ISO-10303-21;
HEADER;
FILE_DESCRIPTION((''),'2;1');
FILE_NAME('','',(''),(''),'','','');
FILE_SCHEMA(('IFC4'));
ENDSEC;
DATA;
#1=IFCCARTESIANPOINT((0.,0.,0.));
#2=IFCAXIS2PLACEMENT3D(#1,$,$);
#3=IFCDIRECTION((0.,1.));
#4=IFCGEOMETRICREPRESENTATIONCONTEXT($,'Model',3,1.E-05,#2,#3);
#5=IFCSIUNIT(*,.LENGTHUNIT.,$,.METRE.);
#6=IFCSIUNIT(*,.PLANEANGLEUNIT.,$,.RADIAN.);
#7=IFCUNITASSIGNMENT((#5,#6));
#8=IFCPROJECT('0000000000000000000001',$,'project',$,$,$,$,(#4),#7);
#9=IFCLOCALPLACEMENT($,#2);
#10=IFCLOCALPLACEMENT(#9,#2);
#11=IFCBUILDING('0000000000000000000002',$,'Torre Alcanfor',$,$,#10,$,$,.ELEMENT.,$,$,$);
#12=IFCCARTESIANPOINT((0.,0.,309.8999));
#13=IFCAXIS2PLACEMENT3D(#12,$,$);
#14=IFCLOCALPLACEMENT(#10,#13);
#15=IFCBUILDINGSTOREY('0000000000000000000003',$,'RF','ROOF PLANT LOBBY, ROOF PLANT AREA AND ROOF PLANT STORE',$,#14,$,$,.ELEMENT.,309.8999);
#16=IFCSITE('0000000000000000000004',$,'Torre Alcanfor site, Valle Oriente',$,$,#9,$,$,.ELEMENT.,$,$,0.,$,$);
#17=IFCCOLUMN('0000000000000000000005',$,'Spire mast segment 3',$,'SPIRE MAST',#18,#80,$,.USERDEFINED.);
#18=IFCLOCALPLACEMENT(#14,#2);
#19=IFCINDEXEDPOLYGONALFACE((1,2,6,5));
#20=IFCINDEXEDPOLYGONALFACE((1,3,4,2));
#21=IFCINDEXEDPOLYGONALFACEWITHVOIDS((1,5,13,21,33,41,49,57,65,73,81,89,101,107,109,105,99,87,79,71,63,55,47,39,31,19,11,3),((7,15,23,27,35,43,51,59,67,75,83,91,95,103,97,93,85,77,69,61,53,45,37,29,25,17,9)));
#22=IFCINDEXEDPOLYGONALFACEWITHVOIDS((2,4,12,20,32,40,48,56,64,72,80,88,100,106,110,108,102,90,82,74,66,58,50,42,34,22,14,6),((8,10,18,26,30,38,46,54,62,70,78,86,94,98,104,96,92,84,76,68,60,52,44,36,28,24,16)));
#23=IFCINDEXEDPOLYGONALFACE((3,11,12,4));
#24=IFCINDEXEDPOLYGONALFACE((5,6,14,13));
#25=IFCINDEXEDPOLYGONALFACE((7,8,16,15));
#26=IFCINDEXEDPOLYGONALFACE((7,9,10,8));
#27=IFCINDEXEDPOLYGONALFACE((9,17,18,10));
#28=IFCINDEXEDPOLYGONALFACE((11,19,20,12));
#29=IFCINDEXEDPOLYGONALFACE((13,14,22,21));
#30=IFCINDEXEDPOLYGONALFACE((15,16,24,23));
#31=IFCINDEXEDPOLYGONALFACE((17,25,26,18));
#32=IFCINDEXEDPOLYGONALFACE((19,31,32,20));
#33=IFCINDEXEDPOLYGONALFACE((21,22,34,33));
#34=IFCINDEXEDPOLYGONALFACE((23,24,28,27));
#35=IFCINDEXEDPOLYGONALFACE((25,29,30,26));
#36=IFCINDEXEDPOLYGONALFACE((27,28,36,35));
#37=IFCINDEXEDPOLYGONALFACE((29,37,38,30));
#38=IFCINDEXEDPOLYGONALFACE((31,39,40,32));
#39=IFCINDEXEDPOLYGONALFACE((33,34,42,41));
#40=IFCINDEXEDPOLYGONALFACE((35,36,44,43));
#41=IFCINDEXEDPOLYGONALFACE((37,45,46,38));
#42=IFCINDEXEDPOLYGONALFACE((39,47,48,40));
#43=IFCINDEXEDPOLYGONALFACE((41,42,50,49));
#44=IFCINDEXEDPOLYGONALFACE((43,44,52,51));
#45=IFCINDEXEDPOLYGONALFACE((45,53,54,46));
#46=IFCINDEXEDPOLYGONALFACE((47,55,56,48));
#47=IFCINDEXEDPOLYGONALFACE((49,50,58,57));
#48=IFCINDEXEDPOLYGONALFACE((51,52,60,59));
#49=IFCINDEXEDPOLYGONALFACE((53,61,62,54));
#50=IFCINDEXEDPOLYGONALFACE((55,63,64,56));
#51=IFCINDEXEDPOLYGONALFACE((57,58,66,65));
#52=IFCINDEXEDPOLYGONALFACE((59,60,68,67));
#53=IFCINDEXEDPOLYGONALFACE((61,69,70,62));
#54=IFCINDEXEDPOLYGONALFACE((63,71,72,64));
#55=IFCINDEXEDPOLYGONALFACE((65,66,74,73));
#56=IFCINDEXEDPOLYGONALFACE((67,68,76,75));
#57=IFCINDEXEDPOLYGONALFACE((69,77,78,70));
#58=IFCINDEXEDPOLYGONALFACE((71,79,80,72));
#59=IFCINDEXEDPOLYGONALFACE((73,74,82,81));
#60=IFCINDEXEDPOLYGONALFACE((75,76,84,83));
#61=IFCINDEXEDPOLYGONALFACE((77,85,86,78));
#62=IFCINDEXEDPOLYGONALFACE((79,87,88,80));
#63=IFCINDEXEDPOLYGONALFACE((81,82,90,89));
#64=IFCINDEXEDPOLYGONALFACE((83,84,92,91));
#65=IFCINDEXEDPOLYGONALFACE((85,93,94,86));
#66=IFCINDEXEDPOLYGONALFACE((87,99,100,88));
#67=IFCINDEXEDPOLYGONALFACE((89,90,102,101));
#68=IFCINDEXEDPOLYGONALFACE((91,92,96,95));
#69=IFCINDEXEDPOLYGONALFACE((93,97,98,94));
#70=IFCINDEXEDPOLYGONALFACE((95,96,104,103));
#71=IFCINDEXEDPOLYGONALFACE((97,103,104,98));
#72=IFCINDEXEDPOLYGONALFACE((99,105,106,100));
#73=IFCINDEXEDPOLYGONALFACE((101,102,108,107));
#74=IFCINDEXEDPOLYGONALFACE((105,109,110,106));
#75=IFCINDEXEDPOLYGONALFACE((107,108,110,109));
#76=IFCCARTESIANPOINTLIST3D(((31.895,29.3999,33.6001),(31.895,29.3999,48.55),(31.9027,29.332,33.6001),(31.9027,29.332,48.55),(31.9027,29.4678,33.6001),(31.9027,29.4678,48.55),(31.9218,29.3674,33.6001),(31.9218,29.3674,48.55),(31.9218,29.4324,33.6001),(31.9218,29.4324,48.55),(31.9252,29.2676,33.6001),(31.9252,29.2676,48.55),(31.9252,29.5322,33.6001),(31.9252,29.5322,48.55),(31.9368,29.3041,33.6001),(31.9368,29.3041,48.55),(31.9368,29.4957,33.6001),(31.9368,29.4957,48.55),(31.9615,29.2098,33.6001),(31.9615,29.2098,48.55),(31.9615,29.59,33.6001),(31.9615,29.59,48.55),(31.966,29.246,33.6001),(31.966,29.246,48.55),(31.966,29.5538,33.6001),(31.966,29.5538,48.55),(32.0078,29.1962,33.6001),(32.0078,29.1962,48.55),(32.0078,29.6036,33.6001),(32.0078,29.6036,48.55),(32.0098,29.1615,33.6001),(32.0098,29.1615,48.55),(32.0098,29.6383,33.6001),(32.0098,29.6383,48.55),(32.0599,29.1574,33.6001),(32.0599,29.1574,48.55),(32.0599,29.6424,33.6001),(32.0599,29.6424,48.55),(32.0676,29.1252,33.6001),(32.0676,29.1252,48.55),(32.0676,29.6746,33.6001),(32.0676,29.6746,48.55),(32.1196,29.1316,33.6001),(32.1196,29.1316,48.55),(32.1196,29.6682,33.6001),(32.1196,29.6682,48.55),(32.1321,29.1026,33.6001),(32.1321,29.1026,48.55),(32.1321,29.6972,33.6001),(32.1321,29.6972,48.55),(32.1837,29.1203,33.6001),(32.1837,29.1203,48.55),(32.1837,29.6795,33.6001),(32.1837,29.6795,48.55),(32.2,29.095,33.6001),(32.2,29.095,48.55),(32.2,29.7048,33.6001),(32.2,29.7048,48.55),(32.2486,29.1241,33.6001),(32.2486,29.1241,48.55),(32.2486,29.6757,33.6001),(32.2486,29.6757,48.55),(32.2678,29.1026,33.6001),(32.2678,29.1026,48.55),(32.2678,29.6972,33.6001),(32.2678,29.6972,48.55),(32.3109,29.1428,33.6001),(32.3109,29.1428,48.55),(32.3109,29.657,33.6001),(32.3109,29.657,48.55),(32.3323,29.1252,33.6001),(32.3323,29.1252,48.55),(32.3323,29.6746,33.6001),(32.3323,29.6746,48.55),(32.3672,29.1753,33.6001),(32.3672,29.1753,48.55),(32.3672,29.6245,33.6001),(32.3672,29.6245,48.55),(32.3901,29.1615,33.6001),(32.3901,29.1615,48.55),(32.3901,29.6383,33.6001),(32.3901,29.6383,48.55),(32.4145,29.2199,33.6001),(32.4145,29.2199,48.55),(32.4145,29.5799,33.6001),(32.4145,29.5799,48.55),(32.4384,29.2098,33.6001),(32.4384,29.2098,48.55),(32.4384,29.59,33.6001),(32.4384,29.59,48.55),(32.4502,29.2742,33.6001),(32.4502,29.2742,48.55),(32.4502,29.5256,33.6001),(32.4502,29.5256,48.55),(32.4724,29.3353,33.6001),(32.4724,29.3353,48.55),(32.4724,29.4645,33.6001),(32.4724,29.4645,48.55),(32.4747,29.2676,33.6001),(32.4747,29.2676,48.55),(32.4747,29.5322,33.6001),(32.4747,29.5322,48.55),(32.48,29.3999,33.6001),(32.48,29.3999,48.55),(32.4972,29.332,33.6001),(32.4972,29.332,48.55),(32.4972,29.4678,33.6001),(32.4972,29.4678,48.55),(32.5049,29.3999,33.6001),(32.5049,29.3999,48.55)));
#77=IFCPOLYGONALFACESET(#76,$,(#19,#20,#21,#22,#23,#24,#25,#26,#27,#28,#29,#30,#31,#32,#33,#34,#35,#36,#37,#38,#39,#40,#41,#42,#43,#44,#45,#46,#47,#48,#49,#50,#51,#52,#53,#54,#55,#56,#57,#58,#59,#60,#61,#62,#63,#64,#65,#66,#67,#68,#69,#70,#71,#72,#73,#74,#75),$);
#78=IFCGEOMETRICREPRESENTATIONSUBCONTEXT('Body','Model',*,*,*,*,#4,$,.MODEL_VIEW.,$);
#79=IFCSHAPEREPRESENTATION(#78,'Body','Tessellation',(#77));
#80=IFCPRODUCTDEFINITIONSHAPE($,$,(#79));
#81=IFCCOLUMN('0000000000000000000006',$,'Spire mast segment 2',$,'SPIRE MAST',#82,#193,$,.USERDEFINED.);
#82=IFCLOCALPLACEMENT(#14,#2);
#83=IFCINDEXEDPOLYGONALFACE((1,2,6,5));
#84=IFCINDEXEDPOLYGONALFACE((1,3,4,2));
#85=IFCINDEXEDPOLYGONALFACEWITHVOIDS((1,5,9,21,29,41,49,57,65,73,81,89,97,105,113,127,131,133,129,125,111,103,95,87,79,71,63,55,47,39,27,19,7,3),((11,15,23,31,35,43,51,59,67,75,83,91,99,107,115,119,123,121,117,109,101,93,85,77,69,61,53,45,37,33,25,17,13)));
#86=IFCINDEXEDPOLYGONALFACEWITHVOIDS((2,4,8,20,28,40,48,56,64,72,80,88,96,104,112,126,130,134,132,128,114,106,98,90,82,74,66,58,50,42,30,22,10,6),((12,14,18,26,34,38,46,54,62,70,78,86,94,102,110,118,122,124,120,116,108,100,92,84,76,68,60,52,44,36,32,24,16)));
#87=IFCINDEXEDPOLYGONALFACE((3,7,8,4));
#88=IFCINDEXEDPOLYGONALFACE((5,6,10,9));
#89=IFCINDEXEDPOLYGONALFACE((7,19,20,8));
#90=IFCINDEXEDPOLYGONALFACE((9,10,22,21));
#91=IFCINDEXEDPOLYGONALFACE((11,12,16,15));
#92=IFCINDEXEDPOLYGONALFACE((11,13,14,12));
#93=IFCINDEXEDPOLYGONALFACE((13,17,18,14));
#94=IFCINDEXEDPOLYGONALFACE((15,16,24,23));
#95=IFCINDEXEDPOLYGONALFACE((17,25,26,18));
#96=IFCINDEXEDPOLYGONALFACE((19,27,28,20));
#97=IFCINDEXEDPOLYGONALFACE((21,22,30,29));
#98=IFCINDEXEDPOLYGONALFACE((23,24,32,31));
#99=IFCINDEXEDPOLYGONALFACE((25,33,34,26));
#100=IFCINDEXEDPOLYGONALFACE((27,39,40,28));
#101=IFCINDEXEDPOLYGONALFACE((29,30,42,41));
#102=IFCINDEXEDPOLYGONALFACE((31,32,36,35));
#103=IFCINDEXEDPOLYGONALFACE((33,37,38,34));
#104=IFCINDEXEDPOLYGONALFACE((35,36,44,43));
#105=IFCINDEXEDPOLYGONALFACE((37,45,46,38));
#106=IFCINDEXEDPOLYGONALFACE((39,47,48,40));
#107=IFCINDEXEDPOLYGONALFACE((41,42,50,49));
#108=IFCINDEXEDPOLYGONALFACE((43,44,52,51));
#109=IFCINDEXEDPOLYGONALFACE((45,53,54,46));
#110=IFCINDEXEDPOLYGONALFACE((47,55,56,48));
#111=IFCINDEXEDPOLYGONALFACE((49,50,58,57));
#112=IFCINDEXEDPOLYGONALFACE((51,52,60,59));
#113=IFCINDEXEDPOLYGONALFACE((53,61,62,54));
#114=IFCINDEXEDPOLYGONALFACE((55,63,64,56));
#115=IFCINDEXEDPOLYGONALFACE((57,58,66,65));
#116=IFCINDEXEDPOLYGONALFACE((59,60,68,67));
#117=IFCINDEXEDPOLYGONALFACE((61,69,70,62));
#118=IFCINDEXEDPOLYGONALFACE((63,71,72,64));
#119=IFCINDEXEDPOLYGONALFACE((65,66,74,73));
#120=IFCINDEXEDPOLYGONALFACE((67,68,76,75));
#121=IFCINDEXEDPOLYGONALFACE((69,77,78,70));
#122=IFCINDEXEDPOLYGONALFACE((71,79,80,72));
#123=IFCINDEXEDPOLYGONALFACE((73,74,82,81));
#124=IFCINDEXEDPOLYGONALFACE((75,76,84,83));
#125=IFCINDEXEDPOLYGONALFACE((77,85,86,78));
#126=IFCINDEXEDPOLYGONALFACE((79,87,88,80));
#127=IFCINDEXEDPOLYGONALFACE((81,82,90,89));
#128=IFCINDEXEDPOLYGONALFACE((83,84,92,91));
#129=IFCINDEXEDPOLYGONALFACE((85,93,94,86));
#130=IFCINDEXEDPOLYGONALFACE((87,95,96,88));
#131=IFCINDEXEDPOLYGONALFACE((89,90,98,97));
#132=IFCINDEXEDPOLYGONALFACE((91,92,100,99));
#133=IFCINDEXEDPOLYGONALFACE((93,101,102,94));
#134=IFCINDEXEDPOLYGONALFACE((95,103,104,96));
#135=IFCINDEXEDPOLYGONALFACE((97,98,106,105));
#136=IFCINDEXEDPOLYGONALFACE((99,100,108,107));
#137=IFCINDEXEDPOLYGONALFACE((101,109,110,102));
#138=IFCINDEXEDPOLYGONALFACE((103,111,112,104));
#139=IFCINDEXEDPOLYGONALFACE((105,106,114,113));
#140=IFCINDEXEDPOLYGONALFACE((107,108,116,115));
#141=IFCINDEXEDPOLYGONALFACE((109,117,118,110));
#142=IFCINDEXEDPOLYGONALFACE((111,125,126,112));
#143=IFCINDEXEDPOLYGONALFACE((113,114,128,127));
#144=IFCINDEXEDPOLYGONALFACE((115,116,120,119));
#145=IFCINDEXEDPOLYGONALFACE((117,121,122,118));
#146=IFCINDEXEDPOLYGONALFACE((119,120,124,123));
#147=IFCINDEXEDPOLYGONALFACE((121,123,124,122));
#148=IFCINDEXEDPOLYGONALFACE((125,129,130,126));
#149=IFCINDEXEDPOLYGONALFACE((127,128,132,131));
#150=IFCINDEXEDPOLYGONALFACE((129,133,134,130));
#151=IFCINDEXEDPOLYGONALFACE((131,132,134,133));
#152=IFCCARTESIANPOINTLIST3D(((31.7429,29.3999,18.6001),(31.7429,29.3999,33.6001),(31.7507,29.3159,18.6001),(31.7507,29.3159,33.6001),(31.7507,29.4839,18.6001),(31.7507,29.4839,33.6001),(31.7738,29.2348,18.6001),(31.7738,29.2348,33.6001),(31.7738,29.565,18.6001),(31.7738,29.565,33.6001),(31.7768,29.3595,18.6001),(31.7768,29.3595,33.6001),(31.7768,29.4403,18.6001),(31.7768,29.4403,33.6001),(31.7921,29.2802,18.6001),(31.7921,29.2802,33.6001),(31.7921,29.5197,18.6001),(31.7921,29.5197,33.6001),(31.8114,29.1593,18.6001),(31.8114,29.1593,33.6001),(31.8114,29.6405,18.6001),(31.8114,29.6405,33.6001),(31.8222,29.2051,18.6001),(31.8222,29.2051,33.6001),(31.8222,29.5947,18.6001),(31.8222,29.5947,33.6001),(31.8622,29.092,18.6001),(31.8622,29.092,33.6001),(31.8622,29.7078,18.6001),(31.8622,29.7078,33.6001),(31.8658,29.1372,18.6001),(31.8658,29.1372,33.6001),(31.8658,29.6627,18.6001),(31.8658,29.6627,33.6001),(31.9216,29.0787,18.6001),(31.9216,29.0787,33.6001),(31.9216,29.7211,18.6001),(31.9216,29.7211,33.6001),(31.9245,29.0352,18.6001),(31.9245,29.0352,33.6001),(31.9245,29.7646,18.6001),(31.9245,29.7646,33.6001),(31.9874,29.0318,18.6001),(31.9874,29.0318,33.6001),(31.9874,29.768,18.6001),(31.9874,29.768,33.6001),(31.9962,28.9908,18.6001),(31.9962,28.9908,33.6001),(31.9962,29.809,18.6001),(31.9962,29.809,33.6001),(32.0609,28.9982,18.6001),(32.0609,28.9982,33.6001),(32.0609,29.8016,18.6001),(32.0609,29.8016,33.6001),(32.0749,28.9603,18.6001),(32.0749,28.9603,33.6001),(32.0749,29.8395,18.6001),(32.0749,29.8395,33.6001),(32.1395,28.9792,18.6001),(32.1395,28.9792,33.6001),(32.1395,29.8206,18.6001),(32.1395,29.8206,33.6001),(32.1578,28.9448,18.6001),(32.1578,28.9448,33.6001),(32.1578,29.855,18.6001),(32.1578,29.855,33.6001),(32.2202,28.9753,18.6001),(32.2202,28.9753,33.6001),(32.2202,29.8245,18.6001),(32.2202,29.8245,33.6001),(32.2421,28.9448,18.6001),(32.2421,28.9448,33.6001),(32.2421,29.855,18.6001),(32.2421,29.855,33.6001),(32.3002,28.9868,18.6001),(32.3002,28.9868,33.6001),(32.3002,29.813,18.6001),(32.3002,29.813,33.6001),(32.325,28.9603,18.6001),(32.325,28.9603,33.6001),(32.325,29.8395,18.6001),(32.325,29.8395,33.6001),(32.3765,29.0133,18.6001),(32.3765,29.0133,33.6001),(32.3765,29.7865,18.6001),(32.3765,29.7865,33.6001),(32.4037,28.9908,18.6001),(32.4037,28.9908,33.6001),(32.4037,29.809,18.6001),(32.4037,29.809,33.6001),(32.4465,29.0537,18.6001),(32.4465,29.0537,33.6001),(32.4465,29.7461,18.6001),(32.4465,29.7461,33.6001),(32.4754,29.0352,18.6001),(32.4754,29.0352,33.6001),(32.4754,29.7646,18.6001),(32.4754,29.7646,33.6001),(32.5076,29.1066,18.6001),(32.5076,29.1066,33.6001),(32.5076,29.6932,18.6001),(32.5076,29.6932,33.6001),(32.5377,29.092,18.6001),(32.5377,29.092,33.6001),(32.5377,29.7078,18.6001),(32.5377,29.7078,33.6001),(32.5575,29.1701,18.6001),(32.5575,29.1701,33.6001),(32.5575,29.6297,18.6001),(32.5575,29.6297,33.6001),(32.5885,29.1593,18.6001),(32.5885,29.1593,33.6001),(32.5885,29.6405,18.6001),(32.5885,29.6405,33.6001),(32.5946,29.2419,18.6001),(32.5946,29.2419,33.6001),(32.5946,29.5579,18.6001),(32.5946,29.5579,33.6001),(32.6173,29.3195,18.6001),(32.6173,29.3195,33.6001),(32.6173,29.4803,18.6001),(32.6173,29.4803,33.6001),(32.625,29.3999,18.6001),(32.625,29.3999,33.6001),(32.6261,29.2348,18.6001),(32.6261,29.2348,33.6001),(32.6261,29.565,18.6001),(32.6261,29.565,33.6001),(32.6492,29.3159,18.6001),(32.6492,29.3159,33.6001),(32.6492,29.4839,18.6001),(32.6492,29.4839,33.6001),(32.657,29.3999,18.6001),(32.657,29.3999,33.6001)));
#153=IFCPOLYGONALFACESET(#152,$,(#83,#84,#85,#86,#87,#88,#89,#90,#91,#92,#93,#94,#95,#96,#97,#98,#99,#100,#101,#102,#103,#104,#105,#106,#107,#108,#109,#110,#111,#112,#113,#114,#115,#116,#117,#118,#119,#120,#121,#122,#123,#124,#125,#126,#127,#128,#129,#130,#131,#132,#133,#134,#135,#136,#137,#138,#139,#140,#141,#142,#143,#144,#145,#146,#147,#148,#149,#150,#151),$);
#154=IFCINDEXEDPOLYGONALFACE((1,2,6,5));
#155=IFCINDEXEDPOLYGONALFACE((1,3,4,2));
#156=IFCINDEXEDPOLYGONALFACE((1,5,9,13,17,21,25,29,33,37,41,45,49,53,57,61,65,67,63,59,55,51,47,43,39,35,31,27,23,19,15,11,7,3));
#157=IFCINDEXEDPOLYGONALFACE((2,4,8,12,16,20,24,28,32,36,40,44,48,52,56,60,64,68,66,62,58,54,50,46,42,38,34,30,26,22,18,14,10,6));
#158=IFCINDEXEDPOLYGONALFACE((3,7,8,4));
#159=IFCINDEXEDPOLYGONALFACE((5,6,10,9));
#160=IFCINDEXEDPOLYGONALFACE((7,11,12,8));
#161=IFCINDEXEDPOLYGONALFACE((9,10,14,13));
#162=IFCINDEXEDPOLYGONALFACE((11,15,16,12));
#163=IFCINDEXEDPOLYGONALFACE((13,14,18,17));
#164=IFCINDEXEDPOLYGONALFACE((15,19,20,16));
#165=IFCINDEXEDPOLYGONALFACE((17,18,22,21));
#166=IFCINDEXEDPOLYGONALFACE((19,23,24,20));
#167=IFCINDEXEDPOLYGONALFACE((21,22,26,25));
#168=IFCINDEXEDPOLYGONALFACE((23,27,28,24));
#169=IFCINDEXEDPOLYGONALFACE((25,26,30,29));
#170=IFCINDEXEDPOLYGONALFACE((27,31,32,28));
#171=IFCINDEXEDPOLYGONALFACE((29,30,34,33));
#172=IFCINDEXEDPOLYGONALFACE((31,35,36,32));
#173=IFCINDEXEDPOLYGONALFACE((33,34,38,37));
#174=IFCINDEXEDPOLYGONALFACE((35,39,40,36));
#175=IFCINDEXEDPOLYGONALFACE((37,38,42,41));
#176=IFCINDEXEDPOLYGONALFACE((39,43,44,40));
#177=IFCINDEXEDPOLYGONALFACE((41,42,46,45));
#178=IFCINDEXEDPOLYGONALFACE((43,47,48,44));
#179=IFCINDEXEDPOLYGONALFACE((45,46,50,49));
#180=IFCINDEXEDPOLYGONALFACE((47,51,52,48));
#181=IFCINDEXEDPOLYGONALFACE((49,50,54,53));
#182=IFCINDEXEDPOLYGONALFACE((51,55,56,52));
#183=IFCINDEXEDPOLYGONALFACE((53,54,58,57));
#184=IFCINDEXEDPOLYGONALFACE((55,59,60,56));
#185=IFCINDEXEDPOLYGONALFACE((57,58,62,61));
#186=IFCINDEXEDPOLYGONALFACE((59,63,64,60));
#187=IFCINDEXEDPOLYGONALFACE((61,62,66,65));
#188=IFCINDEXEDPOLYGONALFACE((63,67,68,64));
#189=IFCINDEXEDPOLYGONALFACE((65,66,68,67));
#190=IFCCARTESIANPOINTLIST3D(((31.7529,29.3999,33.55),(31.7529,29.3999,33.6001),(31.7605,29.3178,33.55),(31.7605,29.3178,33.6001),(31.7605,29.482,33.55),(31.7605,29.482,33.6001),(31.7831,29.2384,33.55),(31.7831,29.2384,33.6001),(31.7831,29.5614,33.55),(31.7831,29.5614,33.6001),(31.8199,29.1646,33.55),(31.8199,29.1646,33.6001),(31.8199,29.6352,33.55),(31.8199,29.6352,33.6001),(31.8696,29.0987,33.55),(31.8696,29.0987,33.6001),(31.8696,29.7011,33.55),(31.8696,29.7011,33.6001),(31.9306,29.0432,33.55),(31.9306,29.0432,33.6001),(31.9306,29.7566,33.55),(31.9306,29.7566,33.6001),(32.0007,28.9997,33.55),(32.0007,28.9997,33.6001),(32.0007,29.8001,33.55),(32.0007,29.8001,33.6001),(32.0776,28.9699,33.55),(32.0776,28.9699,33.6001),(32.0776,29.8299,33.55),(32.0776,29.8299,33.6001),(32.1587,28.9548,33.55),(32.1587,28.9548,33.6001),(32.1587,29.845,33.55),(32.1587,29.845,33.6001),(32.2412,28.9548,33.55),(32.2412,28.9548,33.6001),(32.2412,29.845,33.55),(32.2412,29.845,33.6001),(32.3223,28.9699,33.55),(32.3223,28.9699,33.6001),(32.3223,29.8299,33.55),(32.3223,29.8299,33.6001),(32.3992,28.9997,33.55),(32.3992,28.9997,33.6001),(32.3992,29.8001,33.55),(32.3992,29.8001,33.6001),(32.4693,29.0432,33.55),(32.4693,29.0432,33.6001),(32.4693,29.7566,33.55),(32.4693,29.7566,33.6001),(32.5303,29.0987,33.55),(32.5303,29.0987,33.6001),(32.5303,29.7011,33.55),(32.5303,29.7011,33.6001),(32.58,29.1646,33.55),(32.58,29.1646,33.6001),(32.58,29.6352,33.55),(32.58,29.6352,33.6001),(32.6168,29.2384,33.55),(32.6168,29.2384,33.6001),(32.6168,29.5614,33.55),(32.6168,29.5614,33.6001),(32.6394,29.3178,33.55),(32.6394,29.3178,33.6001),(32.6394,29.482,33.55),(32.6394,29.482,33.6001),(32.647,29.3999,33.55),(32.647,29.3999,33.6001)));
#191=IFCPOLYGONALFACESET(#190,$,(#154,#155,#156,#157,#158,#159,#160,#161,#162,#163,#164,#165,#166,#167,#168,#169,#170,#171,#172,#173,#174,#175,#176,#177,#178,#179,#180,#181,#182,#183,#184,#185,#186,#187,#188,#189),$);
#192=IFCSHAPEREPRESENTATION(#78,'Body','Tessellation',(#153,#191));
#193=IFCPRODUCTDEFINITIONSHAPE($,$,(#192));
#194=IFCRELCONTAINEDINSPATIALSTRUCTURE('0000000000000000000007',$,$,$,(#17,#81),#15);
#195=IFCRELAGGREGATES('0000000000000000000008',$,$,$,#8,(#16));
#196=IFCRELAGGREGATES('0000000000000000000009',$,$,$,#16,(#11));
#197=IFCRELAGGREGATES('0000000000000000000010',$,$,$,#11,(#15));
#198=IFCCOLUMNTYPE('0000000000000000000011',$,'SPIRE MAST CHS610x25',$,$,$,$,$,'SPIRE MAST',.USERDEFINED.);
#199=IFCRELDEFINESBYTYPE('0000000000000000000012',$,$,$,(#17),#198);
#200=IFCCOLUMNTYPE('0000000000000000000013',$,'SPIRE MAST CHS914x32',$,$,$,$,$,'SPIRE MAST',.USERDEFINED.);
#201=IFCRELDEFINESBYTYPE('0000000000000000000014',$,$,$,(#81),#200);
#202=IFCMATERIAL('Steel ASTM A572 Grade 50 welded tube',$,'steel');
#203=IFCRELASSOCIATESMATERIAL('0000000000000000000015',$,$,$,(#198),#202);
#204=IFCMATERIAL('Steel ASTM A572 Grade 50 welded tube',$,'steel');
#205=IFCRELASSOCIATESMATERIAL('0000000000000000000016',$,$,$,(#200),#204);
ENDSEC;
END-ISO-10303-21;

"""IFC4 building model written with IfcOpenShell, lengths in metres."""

from ifc_helpers import new_model, si_unit, direction, frame, origin, origin_2d, place, context, subcontext, project, spatial, circle, hollow_circle, extrude, material, material_profile, profile_set, type_object, element, save


model = new_model("IFC4")

# Units and contexts
model_context = context("Model", 3, precision=1e-05, world=origin(), true_north=direction((0.0, 1.0)))
body_context = subcontext(model_context, "Body", "Model", "MODEL_VIEW")
ifc_project = project(units=[si_unit("LENGTHUNIT", "METRE"), si_unit("PLANEANGLEUNIT", "RADIAN")], contexts=[model_context])

# Site, building, storey
site_placement = place(None, origin())
site = spatial("IfcSite", under=ifc_project, at=site_placement, Name="Torre Alcanfor site, Valle Oriente", CompositionType="ELEMENT", RefElevation=0.0)
building_placement = place(site_placement, origin())
building = spatial("IfcBuilding", under=site, at=building_placement, Name="Torre Alcanfor", CompositionType="ELEMENT")
storey_placement = place(building_placement, frame((0.0, 0.0, 309.8999)))
storey = spatial("IfcBuildingStorey", under=building, at=storey_placement, Name="RF", Description="ROOF PLANT LOBBY, ROOF PLANT AREA AND ROOF PLANT STORE", CompositionType="ELEMENT", Elevation=309.8999)

# Columns
ifc_material_1 = material(Name="Steel ASTM A572 Grade 50 welded tube", Category="steel")
ifc_material_profile_1 = material_profile(ifc_material_1, hollow_circle(Radius=0.3049, WallThickness=0.0249, at=origin_2d()), Name="CHS 610x25")
ifc_profile_set_1 = profile_set([ifc_material_profile_1], Name="Steel ASTM A572 Grade 50 welded tube")
column_type_1 = type_object("IfcColumnType", Name="SPIRE MAST CHS610x25", ElementType="SPIRE MAST", PredefinedType="USERDEFINED", material=ifc_profile_set_1)
column_1_placement = place(storey_placement, frame((32.2, 29.3999, 33.6001), z_axis=(0.0, 0.0, 1.0), x_axis=(1.0, 0.0, 0.0)))
element("IfcColumn", 1, at=column_1_placement, inside=storey, type_object=column_type_1, Name="Spire mast segment 3", ObjectType="SPIRE MAST", PredefinedType="USERDEFINED", context=body_context, shape_type="SweptSolid", body=[
    extrude(hollow_circle(Radius=0.3049, WallThickness=0.0249, at=origin_2d()), origin(), (0.0, 0.0, 1.0), 14.95),
])
ifc_material_2 = material(Name="Steel ASTM A572 Grade 50 welded tube", Category="steel")
ifc_material_profile_2 = material_profile(ifc_material_2, hollow_circle(Radius=0.457, WallThickness=0.032, at=origin_2d()), Name="CHS 914x32")
ifc_profile_set_2 = profile_set([ifc_material_profile_2], Name="Steel ASTM A572 Grade 50 welded tube")
column_type_2 = type_object("IfcColumnType", Name="SPIRE MAST CHS914x32", ElementType="SPIRE MAST", PredefinedType="USERDEFINED", material=ifc_profile_set_2)
column_2_placement = place(storey_placement, frame((32.2, 29.3999, 18.6001), z_axis=(0.0, 0.0, 1.0), x_axis=(1.0, 0.0, 0.0)))
element("IfcColumn", 2, at=column_2_placement, inside=storey, type_object=column_type_2, Name="Spire mast segment 2", ObjectType="SPIRE MAST", PredefinedType="USERDEFINED", context=body_context, shape_type="SweptSolid", body=[
    extrude(hollow_circle(Radius=0.457, WallThickness=0.032, at=origin_2d()), origin(), (0.0, 0.0, 1.0), 15.0),
    extrude(circle(Radius=0.447, at=origin_2d()), frame((0.0, 0.0, 14.95)), (0.0, 0.0, 1.0), 0.05),
])

save(model, "model.ifc")
